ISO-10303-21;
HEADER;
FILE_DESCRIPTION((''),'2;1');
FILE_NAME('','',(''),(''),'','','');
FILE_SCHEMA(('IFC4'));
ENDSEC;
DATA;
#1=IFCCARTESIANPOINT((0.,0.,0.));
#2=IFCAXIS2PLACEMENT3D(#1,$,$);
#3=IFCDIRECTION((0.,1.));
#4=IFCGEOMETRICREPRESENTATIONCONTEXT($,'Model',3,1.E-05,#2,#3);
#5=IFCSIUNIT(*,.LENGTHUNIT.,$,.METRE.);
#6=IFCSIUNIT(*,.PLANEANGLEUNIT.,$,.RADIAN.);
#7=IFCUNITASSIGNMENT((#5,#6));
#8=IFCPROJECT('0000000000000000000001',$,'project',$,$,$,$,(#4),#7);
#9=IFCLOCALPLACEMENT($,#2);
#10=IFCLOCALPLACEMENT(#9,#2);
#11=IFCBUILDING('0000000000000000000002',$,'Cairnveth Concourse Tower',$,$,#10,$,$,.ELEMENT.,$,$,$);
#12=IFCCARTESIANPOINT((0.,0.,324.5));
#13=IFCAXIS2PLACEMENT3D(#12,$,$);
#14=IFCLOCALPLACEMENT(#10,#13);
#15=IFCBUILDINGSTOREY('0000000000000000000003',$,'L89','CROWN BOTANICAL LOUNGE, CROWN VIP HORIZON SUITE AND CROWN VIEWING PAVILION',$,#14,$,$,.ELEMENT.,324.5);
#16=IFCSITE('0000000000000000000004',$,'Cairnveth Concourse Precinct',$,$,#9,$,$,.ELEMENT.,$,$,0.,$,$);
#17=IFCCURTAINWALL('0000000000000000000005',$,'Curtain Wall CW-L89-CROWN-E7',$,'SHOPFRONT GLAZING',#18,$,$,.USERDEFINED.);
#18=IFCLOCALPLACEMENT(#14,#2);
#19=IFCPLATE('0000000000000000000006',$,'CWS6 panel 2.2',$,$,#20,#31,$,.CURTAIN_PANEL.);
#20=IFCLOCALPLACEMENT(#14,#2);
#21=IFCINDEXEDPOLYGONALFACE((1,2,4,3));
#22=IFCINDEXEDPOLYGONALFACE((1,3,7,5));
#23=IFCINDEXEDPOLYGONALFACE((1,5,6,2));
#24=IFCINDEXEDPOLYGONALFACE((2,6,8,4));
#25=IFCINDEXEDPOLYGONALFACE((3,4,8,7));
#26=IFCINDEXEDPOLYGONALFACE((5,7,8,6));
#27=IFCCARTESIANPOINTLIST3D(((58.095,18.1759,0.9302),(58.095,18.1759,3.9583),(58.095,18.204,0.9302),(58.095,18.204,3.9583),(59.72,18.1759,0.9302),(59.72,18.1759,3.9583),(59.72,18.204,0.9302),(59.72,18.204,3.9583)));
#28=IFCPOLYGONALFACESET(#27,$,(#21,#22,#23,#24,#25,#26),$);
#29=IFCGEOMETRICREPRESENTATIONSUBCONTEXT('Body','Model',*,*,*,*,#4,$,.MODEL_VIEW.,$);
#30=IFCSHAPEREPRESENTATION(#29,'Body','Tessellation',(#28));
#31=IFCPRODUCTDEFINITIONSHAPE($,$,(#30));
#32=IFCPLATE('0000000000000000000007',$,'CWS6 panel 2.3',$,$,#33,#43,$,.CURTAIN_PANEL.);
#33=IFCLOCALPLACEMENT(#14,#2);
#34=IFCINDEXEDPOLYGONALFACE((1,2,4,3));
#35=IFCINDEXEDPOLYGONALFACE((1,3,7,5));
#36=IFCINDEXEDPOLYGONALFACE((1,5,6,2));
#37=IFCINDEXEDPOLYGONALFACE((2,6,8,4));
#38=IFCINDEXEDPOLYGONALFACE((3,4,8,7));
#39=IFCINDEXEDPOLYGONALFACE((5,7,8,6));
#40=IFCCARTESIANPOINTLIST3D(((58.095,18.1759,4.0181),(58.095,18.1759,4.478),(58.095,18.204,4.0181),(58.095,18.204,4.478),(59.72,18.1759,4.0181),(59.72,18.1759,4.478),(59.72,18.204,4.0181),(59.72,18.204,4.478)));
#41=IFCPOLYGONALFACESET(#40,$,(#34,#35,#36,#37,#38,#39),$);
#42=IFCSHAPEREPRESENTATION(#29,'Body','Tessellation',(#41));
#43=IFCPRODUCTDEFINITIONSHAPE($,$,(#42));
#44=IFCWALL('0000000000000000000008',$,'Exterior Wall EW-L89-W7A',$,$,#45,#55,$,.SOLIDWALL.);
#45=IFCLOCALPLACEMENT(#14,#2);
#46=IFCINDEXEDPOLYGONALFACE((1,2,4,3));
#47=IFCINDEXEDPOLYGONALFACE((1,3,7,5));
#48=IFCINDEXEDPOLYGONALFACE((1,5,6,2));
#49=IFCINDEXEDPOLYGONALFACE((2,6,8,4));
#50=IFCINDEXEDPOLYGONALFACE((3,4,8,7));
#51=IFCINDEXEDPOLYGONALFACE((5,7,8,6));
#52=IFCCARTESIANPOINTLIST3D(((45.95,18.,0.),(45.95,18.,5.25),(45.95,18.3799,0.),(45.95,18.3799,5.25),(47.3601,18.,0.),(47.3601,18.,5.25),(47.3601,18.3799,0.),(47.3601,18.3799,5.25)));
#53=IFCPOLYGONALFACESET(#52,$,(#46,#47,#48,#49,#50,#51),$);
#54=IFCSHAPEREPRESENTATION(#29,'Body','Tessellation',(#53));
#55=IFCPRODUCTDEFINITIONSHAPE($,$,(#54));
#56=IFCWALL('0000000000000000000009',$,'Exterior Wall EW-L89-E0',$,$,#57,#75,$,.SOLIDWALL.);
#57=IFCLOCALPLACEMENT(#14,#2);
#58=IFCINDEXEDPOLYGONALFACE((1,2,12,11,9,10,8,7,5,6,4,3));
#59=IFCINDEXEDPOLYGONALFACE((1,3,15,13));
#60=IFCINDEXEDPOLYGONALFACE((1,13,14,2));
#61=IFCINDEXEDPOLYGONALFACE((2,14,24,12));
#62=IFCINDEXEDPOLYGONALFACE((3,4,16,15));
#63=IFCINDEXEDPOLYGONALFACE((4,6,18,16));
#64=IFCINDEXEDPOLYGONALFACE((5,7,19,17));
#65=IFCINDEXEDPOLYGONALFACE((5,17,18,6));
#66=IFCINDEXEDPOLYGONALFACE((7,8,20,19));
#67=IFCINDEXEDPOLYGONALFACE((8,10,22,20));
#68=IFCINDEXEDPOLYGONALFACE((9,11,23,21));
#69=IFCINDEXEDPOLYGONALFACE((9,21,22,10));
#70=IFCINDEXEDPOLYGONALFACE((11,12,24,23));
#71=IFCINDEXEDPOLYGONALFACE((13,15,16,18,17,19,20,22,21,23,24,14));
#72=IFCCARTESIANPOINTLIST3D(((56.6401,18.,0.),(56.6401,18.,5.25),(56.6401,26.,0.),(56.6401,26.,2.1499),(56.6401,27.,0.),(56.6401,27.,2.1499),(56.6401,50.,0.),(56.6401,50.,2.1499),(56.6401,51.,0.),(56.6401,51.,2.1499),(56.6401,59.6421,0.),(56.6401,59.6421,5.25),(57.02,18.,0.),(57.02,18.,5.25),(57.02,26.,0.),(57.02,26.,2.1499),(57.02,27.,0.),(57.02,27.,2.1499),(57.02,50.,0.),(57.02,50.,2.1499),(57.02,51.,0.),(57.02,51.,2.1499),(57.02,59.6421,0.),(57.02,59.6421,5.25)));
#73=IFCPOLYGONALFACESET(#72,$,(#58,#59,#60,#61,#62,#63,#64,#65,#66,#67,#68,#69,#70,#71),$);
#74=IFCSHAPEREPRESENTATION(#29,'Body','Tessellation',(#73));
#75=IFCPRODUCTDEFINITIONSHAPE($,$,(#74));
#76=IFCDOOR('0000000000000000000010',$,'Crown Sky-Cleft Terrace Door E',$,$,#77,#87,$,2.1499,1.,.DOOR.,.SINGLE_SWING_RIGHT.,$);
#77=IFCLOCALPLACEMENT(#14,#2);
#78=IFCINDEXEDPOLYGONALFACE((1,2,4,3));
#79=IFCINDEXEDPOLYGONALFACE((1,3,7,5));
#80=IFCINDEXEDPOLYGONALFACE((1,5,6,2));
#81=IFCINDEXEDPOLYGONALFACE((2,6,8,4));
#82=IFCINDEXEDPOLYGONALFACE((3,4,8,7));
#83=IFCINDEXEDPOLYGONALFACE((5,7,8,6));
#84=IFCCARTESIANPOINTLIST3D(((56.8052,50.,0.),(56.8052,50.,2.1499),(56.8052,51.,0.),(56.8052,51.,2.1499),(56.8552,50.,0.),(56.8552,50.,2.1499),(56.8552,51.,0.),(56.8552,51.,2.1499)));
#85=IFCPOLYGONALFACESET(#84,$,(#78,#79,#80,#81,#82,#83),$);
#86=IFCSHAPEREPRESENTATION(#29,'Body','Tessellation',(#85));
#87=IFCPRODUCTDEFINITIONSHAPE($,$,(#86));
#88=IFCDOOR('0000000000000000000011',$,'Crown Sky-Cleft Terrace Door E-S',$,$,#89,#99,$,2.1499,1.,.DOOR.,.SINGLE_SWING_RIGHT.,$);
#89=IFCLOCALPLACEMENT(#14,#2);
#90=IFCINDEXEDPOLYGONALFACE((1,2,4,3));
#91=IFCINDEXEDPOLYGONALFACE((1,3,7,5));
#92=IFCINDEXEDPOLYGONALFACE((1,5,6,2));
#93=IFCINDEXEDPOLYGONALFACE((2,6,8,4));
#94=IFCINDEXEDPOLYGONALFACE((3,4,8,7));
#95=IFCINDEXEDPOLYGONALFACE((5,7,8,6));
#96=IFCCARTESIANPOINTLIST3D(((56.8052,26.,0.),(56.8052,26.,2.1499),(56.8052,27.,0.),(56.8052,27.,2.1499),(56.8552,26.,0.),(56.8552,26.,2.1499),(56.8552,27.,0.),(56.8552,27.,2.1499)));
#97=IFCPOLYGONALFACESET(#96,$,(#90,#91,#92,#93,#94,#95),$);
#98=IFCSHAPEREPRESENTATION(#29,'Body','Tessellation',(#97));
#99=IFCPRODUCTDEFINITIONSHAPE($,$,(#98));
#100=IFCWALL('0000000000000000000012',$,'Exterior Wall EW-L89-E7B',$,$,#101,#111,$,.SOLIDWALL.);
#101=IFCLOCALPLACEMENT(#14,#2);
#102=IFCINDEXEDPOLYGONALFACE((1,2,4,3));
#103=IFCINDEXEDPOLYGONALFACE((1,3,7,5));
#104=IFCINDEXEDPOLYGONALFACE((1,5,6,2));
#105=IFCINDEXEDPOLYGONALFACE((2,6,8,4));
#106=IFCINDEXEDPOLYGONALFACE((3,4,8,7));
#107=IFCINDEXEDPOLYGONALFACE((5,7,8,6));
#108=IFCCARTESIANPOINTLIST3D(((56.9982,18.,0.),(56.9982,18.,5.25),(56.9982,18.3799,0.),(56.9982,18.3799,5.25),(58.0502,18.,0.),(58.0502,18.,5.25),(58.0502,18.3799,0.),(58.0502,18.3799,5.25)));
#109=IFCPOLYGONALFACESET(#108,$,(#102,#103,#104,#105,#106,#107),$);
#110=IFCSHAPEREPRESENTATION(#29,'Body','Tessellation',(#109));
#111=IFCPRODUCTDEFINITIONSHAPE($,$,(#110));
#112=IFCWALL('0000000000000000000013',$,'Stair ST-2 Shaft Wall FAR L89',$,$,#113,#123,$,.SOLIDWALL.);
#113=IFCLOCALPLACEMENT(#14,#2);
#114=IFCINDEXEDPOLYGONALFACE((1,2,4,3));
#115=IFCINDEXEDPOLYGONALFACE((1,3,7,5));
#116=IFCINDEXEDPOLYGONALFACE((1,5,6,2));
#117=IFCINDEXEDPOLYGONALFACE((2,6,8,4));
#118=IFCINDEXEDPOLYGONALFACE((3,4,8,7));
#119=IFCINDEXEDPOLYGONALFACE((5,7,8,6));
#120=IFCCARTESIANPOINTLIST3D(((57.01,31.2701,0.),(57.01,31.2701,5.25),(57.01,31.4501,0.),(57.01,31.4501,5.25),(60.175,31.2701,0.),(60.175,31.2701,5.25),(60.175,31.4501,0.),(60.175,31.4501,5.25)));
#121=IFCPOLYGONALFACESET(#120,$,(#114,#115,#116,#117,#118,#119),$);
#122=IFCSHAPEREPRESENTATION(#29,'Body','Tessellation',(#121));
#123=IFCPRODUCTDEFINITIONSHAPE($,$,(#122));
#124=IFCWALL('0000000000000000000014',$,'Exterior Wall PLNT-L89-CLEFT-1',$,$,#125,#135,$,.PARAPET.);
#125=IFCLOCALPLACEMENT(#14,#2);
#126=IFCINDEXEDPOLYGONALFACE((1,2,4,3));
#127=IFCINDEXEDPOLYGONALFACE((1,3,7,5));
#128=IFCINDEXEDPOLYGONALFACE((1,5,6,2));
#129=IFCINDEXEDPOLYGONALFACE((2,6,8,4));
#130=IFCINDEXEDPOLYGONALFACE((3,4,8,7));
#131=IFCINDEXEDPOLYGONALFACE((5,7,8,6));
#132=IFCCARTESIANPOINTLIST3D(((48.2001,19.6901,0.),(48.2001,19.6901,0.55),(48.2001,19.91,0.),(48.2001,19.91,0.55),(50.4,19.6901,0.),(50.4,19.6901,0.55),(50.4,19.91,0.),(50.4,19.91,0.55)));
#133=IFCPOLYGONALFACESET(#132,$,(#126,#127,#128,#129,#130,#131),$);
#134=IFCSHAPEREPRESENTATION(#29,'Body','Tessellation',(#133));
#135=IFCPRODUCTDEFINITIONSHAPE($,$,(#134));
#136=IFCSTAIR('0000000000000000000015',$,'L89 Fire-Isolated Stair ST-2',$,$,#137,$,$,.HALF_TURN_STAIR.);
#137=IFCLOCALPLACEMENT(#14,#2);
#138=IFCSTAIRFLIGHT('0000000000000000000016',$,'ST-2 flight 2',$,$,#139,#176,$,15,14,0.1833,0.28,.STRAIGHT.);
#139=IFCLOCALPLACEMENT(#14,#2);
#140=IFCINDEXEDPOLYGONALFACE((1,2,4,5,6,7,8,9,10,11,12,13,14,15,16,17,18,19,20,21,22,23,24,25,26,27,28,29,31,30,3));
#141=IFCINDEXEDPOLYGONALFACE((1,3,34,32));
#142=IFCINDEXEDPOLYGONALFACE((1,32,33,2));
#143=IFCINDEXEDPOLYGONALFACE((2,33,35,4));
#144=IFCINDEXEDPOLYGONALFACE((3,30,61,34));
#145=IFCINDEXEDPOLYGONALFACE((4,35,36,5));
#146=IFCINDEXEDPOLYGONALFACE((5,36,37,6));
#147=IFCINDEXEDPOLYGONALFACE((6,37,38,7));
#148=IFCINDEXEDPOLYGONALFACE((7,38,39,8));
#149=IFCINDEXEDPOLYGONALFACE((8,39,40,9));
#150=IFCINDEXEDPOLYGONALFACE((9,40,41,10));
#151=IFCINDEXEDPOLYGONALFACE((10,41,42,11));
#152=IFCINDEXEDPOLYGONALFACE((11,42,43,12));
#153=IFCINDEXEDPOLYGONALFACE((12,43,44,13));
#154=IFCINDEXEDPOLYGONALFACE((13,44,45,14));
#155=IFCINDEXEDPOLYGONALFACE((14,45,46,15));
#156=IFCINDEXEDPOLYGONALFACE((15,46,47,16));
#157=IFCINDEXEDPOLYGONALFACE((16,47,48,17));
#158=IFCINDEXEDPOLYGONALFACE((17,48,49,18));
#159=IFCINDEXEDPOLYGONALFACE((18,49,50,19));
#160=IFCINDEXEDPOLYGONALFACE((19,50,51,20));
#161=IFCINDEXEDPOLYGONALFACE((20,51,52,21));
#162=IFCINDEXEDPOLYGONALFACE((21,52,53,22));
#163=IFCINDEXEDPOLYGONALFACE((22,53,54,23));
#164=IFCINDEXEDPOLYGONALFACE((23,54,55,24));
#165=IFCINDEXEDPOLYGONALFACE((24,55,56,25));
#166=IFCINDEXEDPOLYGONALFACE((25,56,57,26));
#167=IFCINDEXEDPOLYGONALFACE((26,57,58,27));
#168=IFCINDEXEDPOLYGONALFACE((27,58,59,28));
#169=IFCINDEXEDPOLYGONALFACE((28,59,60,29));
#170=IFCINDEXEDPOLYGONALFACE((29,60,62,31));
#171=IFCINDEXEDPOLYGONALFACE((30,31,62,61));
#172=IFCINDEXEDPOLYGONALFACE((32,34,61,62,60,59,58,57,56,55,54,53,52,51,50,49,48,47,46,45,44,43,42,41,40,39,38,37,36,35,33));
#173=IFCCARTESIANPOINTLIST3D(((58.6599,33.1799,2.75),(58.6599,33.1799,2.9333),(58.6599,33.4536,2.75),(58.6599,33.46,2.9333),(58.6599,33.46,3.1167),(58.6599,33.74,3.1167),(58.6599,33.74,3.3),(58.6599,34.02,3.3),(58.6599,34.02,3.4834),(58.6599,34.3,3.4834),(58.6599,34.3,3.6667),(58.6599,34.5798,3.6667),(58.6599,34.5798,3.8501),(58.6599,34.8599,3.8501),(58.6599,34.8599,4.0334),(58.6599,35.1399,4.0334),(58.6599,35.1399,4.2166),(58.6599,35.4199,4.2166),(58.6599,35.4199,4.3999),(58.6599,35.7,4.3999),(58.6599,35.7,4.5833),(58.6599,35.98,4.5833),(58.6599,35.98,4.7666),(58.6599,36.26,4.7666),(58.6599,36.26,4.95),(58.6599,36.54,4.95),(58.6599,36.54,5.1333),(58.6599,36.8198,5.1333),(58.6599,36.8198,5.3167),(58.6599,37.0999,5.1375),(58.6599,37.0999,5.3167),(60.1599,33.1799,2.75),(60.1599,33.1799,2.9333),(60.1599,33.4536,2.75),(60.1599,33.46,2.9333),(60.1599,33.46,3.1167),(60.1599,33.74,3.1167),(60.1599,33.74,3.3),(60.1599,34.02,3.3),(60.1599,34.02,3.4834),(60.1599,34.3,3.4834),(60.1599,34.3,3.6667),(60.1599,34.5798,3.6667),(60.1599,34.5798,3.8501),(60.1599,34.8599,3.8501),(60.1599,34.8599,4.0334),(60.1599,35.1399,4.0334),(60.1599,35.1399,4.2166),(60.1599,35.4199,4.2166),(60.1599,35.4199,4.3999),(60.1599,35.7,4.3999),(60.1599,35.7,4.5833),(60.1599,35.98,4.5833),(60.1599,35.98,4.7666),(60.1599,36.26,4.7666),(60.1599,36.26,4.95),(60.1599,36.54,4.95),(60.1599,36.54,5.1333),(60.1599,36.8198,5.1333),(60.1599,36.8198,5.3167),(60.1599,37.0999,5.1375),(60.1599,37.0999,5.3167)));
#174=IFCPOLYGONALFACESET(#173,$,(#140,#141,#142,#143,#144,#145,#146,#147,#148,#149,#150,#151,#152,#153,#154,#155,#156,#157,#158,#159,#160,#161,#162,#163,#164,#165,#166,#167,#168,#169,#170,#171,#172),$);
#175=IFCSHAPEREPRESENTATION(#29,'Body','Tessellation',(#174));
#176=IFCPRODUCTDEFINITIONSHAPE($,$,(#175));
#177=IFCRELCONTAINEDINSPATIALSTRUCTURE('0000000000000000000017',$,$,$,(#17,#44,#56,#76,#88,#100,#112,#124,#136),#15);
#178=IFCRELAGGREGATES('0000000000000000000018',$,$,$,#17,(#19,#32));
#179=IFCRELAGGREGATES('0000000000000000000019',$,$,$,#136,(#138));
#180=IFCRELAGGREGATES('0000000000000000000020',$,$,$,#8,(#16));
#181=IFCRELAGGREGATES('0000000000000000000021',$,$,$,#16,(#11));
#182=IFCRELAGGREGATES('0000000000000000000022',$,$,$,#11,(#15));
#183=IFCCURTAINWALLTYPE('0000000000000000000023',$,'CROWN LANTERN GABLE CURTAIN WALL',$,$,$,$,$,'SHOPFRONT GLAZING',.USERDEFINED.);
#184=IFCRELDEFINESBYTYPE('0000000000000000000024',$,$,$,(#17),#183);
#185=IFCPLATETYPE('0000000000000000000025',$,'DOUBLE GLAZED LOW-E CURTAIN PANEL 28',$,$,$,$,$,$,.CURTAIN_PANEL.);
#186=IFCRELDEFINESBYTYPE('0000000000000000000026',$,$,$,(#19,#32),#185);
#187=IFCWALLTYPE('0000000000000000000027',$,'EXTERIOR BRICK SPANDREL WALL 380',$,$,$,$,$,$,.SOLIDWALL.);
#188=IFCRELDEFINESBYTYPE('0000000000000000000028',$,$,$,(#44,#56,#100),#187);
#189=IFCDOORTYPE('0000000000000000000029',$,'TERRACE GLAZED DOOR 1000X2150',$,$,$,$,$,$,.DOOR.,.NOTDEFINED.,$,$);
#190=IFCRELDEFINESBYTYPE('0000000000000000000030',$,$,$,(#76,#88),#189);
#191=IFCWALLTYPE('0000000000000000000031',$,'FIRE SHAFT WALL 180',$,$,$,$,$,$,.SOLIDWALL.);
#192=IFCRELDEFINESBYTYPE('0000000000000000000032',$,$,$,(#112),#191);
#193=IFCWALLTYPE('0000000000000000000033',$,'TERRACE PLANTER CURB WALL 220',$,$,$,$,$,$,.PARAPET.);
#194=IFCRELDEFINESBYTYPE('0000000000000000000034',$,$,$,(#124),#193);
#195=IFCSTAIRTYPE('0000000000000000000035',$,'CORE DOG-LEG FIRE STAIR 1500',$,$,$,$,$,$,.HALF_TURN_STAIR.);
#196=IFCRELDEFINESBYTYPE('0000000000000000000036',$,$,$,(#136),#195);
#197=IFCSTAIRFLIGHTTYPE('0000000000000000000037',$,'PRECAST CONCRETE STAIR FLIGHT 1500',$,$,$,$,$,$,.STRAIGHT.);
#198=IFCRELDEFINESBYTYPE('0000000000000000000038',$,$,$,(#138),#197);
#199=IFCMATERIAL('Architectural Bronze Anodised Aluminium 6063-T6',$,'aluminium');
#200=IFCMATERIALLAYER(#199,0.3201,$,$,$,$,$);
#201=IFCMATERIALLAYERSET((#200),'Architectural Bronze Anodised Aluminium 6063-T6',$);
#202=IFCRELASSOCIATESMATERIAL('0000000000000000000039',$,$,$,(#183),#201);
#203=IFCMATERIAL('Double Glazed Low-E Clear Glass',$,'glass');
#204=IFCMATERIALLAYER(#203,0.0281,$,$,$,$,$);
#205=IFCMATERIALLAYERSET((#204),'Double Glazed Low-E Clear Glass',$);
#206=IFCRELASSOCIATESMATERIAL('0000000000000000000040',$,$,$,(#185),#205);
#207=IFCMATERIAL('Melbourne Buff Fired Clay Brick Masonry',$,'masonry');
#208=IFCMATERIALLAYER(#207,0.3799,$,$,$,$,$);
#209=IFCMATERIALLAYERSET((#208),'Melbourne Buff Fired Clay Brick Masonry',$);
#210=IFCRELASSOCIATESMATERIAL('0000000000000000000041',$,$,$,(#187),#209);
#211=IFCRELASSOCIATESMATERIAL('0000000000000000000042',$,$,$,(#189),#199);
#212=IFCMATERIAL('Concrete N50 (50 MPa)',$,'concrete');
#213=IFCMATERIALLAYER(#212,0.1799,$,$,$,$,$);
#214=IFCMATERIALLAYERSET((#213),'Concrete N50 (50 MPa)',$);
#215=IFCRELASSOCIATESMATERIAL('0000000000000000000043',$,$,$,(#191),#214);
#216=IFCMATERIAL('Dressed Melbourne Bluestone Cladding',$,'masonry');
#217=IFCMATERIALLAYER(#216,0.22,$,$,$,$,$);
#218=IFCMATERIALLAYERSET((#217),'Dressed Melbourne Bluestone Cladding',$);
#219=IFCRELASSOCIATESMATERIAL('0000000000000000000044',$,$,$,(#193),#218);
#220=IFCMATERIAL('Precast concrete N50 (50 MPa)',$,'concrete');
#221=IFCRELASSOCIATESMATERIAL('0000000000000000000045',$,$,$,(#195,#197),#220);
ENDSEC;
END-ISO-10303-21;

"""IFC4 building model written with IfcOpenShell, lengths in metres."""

from ifc_helpers import new_model, si_unit, direction, frame, frame_2d, origin, origin_2d, place, context, subcontext, project, spatial, polyline, rectangle, outline, extrude, material, layer, layer_set, type_object, element, fill, aggregate, save


model = new_model("IFC4")

# Units and contexts
model_context = context("Model", 3, precision=1e-05, world=origin(), true_north=direction((0.0, 1.0)))
body_context = subcontext(model_context, "Body", "Model", "MODEL_VIEW")
ifc_project = project(units=[si_unit("LENGTHUNIT", "METRE"), si_unit("PLANEANGLEUNIT", "RADIAN")], contexts=[model_context])

# Site, building, storey
site_placement = place(None, origin())
site = spatial("IfcSite", under=ifc_project, at=site_placement, Name="Cairnveth Concourse Precinct", CompositionType="ELEMENT", RefElevation=0.0)
building_placement = place(site_placement, origin())
building = spatial("IfcBuilding", under=site, at=building_placement, Name="Cairnveth Concourse Tower", CompositionType="ELEMENT")
storey_placement = place(building_placement, frame((0.0, 0.0, 324.5)))
storey = spatial("IfcBuildingStorey", under=building, at=storey_placement, Name="L89", Description="CROWN BOTANICAL LOUNGE, CROWN VIP HORIZON SUITE AND CROWN VIEWING PAVILION", CompositionType="ELEMENT", Elevation=324.5)

# Curtain wall
ifc_material_1 = material(Name="Architectural Bronze Anodised Aluminium 6063-T6", Category="aluminium")
ifc_layer_1 = layer(ifc_material_1, 0.3201)
ifc_layer_set_1 = layer_set([ifc_layer_1], Name="Architectural Bronze Anodised Aluminium 6063-T6")
curtain_wall_type = type_object("IfcCurtainWallType", Name="CROWN LANTERN GABLE CURTAIN WALL", ElementType="SHOPFRONT GLAZING", PredefinedType="USERDEFINED", material=ifc_layer_set_1)
curtain_wall_placement = place(storey_placement, origin())
curtain_wall = element("IfcCurtainWall", 1, at=curtain_wall_placement, inside=storey, type_object=curtain_wall_type, Name="Curtain Wall CW-L89-CROWN-E7", ObjectType="SHOPFRONT GLAZING", PredefinedType="USERDEFINED")

# Plates
ifc_material_2 = material(Name="Double Glazed Low-E Clear Glass", Category="glass")
ifc_layer_2 = layer(ifc_material_2, 0.0281)
ifc_layer_set_2 = layer_set([ifc_layer_2], Name="Double Glazed Low-E Clear Glass")
plate_type = type_object("IfcPlateType", Name="DOUBLE GLAZED LOW-E CURTAIN PANEL 28", PredefinedType="CURTAIN_PANEL", material=ifc_layer_set_2)
plate_1_placement = place(storey_placement, frame((58.9075, 18.1899, 0.9302), z_axis=(0.0, 0.0, 1.0), x_axis=(-1.0, 0.0, 0.0)))
plate_1 = element("IfcPlate", 2, at=plate_1_placement, type_object=plate_type, Name="CWS6 panel 2.2", PredefinedType="CURTAIN_PANEL", context=body_context, shape_type="SweptSolid", body=[
    extrude(rectangle(XDim=1.625, YDim=0.0281, at=origin_2d()), origin(), (0.0, 0.0, 1.0), 3.0281),
])
plate_2_placement = place(storey_placement, frame((58.9075, 18.1899, 4.0181), z_axis=(0.0, 0.0, 1.0), x_axis=(-1.0, 0.0, 0.0)))
plate_2 = element("IfcPlate", 3, at=plate_2_placement, type_object=plate_type, Name="CWS6 panel 2.3", PredefinedType="CURTAIN_PANEL", context=body_context, shape_type="SweptSolid", body=[
    extrude(rectangle(XDim=1.625, YDim=0.0281, at=origin_2d()), origin(), (0.0, 0.0, 1.0), 0.46),
])
aggregate(curtain_wall, [plate_1, plate_2])

# Wall
ifc_material_3 = material(Name="Melbourne Buff Fired Clay Brick Masonry", Category="masonry")
ifc_layer_3 = layer(ifc_material_3, 0.3799)
ifc_layer_set_3 = layer_set([ifc_layer_3], Name="Melbourne Buff Fired Clay Brick Masonry")
wall_type_1 = type_object("IfcWallType", Name="EXTERIOR BRICK SPANDREL WALL 380", PredefinedType="SOLIDWALL", material=ifc_layer_set_3)
wall_1_placement = place(storey_placement, frame((47.3601, 18.1899, 0.0), z_axis=(0.0, 0.0, 1.0), x_axis=(-1.0, 0.0, 0.0)))
element("IfcWall", 4, at=wall_1_placement, inside=storey, type_object=wall_type_1, Name="Exterior Wall EW-L89-W7A", PredefinedType="SOLIDWALL", context=body_context, shape_type="SweptSolid", body=[
    extrude(rectangle(XDim=1.4102, YDim=0.3799, at=frame_2d((0.7051, 0.0))), origin(), (0.0, 0.0, 1.0), 5.25),
])

# Wall, openings, doors
wall_2_placement = place(storey_placement, frame((56.8301, 18.0, 0.0), z_axis=(0.0, 0.0, 1.0), x_axis=(0.0, 1.0, 0.0)))
wall_2 = element("IfcWall", 5, at=wall_2_placement, inside=storey, type_object=wall_type_1, Name="Exterior Wall EW-L89-E0", PredefinedType="SOLIDWALL", context=body_context, shape_type="SweptSolid", body=[
    extrude(rectangle(XDim=41.6421, YDim=0.3799, at=frame_2d((20.821, 0.0))), origin(), (0.0, 0.0, 1.0), 5.25),
])
opening_1_placement = place(wall_2_placement, frame((32.0, 0.0, 0.0)))
opening_1 = element("IfcOpeningElement", 6, at=opening_1_placement, cuts=wall_2, PredefinedType="OPENING", context=body_context, shape_type="SweptSolid", body=[
    extrude(rectangle(XDim=1.0, YDim=2.1499, at=frame_2d((0.5, 1.075))), frame((0.0, 0.2, 0.0), z_axis=(0.0, -1.0, 0.0), x_axis=(1.0, 0.0, 0.0)), (0.0, 0.0, 1.0), 0.3999),
])
opening_2_placement = place(wall_2_placement, frame((8.0, 0.0, 0.0)))
opening_2 = element("IfcOpeningElement", 7, at=opening_2_placement, cuts=wall_2, PredefinedType="OPENING", context=body_context, shape_type="SweptSolid", body=[
    extrude(rectangle(XDim=1.0, YDim=2.1499, at=frame_2d((0.5, 1.075))), frame((0.0, 0.2, 0.0), z_axis=(0.0, -1.0, 0.0), x_axis=(1.0, 0.0, 0.0)), (0.0, 0.0, 1.0), 0.3999),
])
door_type = type_object("IfcDoorType", Name="TERRACE GLAZED DOOR 1000X2150", OperationType="NOTDEFINED", PredefinedType="DOOR", material=ifc_material_1)
door_1_placement = place(opening_1_placement, origin())
door_1 = element("IfcDoor", 8, at=door_1_placement, inside=storey, type_object=door_type, Name="Crown Sky-Cleft Terrace Door E", OperationType="SINGLE_SWING_RIGHT", OverallHeight=2.1499, OverallWidth=1.0, PredefinedType="DOOR", context=body_context, shape_type="SweptSolid", body=[
    extrude(rectangle(XDim=1.0, YDim=2.1499, at=frame_2d((0.5, 1.075))), frame((0.0, 0.0249, 0.0), z_axis=(0.0, -1.0, 0.0), x_axis=(1.0, 0.0, 0.0)), (0.0, 0.0, 1.0), 0.05),
])
fill(opening_1, door_1)
door_2_placement = place(opening_2_placement, origin())
door_2 = element("IfcDoor", 9, at=door_2_placement, inside=storey, type_object=door_type, Name="Crown Sky-Cleft Terrace Door E-S", OperationType="SINGLE_SWING_RIGHT", OverallHeight=2.1499, OverallWidth=1.0, PredefinedType="DOOR", context=body_context, shape_type="SweptSolid", body=[
    extrude(rectangle(XDim=1.0, YDim=2.1499, at=frame_2d((0.5, 1.075))), frame((0.0, 0.0249, 0.0), z_axis=(0.0, -1.0, 0.0), x_axis=(1.0, 0.0, 0.0)), (0.0, 0.0, 1.0), 0.05),
])
fill(opening_2, door_2)

# Walls
wall_3_placement = place(storey_placement, frame((58.05, 18.1899, 0.0), z_axis=(0.0, 0.0, 1.0), x_axis=(-1.0, 0.0, 0.0)))
element("IfcWall", 10, at=wall_3_placement, inside=storey, type_object=wall_type_1, Name="Exterior Wall EW-L89-E7B", PredefinedType="SOLIDWALL", context=body_context, shape_type="SweptSolid", body=[
    extrude(rectangle(XDim=1.052, YDim=0.3799, at=frame_2d((0.5259, 0.0))), origin(), (0.0, 0.0, 1.0), 5.25),
])
ifc_material_4 = material(Name="Concrete N50 (50 MPa)", Category="concrete")
ifc_layer_4 = layer(ifc_material_4, 0.1799)
ifc_layer_set_4 = layer_set([ifc_layer_4], Name="Concrete N50 (50 MPa)")
wall_type_2 = type_object("IfcWallType", Name="FIRE SHAFT WALL 180", PredefinedType="SOLIDWALL", material=ifc_layer_set_4)
wall_4_placement = place(storey_placement, frame((57.01, 31.3601, 0.0), z_axis=(0.0, 0.0, 1.0), x_axis=(1.0, 0.0, 0.0)))
element("IfcWall", 11, at=wall_4_placement, inside=storey, type_object=wall_type_2, Name="Stair ST-2 Shaft Wall FAR L89", PredefinedType="SOLIDWALL", context=body_context, shape_type="SweptSolid", body=[
    extrude(rectangle(XDim=3.165, YDim=0.1799, at=frame_2d((1.5825, 0.0))), origin(), (0.0, 0.0, 1.0), 5.25),
])
ifc_material_5 = material(Name="Dressed Melbourne Bluestone Cladding", Category="masonry")
ifc_layer_5 = layer(ifc_material_5, 0.22)
ifc_layer_set_5 = layer_set([ifc_layer_5], Name="Dressed Melbourne Bluestone Cladding")
wall_type_3 = type_object("IfcWallType", Name="TERRACE PLANTER CURB WALL 220", PredefinedType="PARAPET", material=ifc_layer_set_5)
wall_5_placement = place(storey_placement, frame((48.2, 19.8, 0.0), z_axis=(0.0, 0.0, 1.0), x_axis=(1.0, 0.0, 0.0)))
element("IfcWall", 12, at=wall_5_placement, inside=storey, type_object=wall_type_3, Name="Exterior Wall PLNT-L89-CLEFT-1", PredefinedType="PARAPET", context=body_context, shape_type="SweptSolid", body=[
    extrude(rectangle(XDim=2.2, YDim=0.22, at=frame_2d((1.1001, 0.0))), origin(), (0.0, 0.0, 1.0), 0.55),
])

# Stair, stair flight
ifc_material_6 = material(Name="Precast concrete N50 (50 MPa)", Category="concrete")
stair_type = type_object("IfcStairType", Name="CORE DOG-LEG FIRE STAIR 1500", PredefinedType="HALF_TURN_STAIR", material=ifc_material_6)
stair_placement = place(storey_placement, origin())
stair = element("IfcStair", 13, at=stair_placement, inside=storey, type_object=stair_type, Name="L89 Fire-Isolated Stair ST-2", PredefinedType="HALF_TURN_STAIR")
stair_flight_type = type_object("IfcStairFlightType", Name="PRECAST CONCRETE STAIR FLIGHT 1500", PredefinedType="STRAIGHT", material=ifc_material_6)
stair_flight_placement = place(storey_placement, frame((59.4099, 33.1799, 2.75), z_axis=(0.0, 0.0, 1.0), x_axis=(0.0, 1.0, 0.0)))
stair_flight = element("IfcStairFlight", 14, at=stair_flight_placement, type_object=stair_flight_type, Name="ST-2 flight 2", NumberOfRisers=15, NumberOfTreads=14, PredefinedType="STRAIGHT", RiserHeight=0.1833, TreadLength=0.28, context=body_context, shape_type="SweptSolid", body=[
    extrude(outline(polyline([(0.0, 0.0), (0.0, 0.1833), (0.28, 0.1833), (0.28, 0.3667), (0.5601, 0.3667), (0.5601, 0.55), (0.8401, 0.55), (0.8401, 0.7334), (1.1201, 0.7334), (1.1201, 0.9167), (1.3999, 0.9167), (1.3999, 1.1001), (1.6799, 1.1001), (1.6799, 1.2834), (1.96, 1.2834), (1.96, 1.4666), (2.24, 1.4666), (2.24, 1.6499), (2.52, 1.6499), (2.52, 1.8333), (2.8, 1.8333), (2.8, 2.0166), (3.0801, 2.0166), (3.0801, 2.2), (3.3601, 2.2), (3.3601, 2.3833), (3.6399, 2.3833), (3.6399, 2.5667), (3.9199, 2.5667), (3.9199, 2.75), (3.9199, 2.3875), (0.2737, 0.0), (0.0, 0.0)])), frame((0.0, 0.75, 0.0), z_axis=(0.0, -1.0, 0.0), x_axis=(1.0, 0.0, 0.0)), (0.0, 0.0, 1.0), 1.5),
])
aggregate(stair, [stair_flight])

save(model, "model.ifc")
